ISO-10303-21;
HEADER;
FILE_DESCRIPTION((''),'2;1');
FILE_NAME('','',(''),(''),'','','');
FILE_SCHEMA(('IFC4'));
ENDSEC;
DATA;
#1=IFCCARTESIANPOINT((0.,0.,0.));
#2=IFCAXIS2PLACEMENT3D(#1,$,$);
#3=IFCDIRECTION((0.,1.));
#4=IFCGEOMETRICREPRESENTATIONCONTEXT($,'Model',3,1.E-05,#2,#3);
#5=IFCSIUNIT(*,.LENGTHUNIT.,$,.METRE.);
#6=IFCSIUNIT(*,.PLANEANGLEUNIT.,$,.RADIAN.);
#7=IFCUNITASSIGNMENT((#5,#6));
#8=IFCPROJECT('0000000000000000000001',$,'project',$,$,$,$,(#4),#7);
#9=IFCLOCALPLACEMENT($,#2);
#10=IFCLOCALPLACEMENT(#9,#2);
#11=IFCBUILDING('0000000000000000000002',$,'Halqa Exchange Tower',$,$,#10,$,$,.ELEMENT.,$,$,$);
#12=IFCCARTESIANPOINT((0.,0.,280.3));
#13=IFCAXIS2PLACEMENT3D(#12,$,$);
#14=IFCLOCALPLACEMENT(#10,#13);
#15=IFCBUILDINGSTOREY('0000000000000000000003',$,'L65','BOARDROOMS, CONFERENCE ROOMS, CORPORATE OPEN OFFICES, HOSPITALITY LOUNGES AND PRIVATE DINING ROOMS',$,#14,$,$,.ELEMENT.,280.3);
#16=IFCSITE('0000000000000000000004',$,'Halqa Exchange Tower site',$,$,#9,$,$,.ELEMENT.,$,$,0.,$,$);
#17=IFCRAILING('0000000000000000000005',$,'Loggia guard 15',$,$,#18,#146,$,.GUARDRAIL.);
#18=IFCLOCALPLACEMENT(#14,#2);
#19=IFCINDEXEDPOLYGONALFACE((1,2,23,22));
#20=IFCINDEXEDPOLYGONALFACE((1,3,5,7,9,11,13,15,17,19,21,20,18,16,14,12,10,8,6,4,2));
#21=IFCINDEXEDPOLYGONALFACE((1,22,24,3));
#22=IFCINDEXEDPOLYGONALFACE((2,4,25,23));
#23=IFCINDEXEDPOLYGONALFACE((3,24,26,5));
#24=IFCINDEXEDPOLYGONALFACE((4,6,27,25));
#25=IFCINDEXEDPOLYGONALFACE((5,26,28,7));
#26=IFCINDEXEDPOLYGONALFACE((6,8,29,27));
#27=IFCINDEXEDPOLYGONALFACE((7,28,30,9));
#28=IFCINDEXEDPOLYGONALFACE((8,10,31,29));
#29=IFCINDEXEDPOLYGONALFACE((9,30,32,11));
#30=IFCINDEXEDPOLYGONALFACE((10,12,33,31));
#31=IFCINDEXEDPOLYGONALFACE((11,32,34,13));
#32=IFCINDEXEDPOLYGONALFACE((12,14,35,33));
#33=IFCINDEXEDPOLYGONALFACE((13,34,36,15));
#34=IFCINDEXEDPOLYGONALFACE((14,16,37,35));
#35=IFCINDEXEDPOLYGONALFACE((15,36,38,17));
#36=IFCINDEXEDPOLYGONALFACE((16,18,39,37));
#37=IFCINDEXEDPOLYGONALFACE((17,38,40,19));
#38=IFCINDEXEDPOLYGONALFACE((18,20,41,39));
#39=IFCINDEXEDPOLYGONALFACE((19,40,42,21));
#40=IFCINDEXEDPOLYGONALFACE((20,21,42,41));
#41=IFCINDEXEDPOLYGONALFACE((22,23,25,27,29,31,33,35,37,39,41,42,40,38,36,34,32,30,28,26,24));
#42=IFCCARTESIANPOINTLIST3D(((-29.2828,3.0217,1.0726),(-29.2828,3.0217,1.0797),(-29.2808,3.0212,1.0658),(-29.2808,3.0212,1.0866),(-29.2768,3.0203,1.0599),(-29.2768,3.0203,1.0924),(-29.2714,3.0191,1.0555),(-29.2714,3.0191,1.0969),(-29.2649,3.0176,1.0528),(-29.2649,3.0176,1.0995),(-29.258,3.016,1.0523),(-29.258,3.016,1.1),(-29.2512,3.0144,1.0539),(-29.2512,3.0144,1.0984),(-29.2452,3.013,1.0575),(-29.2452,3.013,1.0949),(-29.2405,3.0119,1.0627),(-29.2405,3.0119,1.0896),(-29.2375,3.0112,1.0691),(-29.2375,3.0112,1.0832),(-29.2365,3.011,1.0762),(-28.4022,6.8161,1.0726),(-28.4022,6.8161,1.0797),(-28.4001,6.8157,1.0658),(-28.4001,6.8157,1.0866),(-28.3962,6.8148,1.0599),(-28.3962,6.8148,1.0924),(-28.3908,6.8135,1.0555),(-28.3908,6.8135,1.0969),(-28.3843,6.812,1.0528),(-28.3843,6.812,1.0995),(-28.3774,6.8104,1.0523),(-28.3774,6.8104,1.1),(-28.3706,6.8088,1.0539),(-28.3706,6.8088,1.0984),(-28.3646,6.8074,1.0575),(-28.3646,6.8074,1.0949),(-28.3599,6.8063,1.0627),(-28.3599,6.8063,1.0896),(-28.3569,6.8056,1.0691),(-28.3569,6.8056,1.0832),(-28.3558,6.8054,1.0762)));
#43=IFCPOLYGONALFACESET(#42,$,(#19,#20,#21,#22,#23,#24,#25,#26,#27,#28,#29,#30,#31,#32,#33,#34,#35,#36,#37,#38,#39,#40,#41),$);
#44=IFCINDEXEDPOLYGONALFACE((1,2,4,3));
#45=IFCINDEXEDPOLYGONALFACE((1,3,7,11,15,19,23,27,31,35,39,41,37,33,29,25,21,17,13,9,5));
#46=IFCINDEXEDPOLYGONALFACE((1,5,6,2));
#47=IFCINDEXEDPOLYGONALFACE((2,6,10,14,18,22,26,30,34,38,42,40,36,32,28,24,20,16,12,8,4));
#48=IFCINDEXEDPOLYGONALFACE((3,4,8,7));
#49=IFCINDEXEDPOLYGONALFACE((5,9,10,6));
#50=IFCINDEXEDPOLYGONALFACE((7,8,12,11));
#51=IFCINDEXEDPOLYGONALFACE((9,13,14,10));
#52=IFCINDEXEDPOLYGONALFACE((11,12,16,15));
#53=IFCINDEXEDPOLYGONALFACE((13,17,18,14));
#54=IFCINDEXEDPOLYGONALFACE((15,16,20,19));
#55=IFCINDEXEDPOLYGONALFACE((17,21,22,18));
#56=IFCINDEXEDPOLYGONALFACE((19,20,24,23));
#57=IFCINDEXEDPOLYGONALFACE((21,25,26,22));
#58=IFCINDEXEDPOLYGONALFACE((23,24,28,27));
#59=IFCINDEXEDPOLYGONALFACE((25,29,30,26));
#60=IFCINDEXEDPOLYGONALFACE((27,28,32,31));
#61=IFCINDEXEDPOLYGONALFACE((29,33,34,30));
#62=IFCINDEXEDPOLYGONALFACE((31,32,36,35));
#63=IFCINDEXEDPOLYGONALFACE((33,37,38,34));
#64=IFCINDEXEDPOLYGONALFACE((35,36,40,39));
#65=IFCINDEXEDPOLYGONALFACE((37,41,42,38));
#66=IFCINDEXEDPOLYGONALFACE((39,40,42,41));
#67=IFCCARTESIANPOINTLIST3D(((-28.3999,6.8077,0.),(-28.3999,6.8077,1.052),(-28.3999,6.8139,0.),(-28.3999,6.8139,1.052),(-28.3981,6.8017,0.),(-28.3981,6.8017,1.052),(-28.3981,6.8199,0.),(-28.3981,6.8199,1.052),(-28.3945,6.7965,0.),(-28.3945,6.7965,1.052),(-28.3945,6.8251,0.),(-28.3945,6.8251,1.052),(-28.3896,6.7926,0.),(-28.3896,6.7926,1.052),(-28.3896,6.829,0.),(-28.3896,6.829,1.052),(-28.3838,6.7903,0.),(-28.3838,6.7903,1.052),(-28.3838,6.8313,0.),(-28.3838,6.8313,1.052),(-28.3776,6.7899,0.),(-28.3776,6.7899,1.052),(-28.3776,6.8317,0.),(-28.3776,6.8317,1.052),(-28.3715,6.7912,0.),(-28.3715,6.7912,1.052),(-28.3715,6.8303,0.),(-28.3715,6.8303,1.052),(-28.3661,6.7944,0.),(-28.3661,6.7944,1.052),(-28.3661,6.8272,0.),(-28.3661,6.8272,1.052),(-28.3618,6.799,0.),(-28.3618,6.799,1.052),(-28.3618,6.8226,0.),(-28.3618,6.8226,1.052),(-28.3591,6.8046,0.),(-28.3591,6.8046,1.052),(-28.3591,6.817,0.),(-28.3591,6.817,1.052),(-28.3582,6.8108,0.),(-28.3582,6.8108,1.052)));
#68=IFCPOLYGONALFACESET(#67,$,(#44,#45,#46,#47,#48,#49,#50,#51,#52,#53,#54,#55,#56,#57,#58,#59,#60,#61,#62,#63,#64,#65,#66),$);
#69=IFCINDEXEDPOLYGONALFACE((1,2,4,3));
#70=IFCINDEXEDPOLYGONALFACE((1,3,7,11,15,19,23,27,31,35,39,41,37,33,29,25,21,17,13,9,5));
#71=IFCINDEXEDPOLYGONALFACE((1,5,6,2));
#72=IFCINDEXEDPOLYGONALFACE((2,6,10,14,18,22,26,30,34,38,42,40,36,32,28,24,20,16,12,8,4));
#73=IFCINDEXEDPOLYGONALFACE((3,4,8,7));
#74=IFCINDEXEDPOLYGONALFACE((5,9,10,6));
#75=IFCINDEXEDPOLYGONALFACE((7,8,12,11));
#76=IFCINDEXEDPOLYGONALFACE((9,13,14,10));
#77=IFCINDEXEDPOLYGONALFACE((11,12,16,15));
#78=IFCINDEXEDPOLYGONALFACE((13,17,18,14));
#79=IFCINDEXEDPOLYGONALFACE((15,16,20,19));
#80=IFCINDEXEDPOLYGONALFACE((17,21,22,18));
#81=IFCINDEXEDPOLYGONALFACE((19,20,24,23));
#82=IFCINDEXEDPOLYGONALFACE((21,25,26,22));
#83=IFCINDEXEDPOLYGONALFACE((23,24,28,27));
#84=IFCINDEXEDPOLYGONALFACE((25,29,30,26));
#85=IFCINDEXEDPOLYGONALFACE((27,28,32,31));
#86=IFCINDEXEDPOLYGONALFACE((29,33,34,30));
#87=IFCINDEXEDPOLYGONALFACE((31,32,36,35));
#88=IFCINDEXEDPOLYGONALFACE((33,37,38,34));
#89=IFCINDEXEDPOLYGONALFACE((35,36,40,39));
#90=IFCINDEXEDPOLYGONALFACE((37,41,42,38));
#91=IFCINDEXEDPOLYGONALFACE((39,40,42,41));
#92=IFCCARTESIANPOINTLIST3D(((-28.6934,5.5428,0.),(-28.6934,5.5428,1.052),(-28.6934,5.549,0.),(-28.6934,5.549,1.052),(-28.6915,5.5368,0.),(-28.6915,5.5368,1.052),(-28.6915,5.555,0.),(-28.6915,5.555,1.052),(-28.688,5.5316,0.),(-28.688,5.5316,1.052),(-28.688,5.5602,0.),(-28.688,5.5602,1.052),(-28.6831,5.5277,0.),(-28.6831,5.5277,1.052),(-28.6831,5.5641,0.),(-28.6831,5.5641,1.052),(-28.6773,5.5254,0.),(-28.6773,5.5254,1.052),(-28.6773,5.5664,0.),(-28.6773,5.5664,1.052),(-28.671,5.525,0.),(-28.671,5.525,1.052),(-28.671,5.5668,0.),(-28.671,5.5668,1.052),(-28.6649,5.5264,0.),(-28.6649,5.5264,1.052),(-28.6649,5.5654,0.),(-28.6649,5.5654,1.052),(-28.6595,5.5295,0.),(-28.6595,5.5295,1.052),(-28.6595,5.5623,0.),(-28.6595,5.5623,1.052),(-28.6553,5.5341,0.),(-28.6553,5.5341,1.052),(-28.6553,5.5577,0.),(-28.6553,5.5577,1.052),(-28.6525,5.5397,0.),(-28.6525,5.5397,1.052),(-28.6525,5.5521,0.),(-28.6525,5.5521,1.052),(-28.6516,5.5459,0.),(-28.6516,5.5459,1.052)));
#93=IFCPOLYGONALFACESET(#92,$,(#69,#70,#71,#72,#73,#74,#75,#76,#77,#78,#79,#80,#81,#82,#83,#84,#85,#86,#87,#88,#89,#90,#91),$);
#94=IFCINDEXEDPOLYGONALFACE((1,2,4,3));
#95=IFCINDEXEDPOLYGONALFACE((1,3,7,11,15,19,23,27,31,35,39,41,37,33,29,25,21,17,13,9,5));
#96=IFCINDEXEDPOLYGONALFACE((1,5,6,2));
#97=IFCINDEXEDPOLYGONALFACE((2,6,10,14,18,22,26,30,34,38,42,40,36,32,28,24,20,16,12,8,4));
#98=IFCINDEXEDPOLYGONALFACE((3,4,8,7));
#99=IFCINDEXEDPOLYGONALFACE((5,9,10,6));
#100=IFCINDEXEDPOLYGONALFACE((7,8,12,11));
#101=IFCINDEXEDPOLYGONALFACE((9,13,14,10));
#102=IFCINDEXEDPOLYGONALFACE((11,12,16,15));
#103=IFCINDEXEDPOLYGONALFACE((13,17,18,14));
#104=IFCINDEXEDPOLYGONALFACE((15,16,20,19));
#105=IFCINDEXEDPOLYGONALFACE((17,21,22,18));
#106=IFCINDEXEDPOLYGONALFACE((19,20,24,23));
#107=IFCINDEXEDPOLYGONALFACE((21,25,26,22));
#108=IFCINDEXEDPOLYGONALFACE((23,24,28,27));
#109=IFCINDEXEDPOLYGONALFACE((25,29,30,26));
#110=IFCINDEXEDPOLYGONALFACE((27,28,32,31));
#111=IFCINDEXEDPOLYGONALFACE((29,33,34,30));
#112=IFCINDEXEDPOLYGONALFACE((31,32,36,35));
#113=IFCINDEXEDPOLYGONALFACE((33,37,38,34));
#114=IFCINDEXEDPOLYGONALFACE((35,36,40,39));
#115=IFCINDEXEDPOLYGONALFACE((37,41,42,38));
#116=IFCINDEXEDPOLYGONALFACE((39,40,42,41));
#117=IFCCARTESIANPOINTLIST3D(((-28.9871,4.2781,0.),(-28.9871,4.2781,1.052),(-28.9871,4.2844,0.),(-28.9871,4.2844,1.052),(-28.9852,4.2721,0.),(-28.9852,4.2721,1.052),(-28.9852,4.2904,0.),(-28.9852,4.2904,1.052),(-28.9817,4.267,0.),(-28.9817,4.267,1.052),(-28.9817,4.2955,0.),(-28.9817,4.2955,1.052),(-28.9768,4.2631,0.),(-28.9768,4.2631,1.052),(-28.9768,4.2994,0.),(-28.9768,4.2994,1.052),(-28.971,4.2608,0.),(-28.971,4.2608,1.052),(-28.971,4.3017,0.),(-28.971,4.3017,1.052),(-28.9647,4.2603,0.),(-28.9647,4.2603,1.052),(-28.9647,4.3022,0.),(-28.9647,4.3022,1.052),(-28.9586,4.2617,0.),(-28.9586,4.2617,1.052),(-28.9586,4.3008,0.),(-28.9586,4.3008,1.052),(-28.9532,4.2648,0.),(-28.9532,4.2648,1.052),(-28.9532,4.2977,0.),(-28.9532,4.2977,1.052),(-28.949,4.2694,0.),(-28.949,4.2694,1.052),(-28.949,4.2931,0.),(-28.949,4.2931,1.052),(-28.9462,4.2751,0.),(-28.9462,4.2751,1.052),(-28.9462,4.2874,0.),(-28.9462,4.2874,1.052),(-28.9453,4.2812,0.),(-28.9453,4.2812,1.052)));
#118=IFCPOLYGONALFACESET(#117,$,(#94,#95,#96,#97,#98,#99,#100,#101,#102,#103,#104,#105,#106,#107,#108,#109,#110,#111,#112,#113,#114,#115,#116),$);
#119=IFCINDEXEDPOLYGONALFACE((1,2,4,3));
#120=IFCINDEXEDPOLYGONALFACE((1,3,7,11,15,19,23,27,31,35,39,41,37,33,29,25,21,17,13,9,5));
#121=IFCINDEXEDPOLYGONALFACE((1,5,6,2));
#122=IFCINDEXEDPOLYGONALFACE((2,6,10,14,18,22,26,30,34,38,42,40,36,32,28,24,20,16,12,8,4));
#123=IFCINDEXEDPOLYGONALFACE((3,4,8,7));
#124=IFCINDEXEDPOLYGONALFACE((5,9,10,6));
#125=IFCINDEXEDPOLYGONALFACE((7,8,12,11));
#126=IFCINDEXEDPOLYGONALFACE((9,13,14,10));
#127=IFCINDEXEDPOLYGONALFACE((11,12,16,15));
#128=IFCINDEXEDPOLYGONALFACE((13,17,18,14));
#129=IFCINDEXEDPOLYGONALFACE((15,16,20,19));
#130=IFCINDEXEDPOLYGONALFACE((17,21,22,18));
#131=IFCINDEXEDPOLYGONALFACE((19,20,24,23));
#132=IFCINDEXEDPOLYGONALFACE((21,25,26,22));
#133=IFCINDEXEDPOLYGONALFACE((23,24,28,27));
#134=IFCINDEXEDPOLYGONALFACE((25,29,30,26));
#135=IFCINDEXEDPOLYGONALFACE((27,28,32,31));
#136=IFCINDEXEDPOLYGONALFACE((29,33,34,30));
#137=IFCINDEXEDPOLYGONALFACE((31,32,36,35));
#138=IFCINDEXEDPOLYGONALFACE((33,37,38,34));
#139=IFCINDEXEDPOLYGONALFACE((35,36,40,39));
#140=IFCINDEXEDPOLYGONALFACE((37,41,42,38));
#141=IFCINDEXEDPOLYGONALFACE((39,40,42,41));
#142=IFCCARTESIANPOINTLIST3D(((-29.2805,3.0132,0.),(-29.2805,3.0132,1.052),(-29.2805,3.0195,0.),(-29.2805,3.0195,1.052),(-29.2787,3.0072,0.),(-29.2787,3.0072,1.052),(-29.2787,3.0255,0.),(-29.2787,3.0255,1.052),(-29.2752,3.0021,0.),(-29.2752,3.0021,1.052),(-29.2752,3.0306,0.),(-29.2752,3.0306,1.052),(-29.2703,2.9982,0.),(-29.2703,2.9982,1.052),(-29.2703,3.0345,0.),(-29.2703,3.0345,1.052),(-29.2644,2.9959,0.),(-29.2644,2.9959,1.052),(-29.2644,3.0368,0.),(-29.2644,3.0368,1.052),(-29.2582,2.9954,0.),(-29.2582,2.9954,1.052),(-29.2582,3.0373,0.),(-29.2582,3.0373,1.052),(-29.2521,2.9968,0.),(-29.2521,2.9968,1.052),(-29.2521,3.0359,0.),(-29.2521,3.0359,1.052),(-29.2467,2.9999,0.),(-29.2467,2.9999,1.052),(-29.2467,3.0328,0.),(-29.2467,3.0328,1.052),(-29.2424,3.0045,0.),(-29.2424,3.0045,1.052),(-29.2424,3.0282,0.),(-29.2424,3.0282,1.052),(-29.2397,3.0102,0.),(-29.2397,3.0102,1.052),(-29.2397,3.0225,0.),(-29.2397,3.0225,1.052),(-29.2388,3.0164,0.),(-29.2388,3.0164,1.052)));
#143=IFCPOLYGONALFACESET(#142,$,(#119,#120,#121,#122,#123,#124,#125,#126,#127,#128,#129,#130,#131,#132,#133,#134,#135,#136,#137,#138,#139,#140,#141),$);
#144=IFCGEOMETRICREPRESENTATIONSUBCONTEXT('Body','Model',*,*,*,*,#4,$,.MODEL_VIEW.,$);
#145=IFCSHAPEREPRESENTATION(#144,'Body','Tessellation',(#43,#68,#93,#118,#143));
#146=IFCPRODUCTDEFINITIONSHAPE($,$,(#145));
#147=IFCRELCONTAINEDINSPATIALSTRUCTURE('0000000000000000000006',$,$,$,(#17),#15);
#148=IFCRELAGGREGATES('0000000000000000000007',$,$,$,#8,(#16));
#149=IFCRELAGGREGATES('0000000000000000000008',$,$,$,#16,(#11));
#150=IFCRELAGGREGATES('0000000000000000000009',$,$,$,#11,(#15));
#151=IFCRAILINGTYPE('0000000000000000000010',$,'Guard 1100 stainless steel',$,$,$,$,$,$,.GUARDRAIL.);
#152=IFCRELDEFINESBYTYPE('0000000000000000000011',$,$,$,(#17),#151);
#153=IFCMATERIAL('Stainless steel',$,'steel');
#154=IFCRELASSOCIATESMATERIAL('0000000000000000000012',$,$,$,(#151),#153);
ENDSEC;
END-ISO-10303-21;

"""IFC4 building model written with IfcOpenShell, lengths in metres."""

from ifc_helpers import new_model, si_unit, direction, frame, origin, origin_2d, place, context, subcontext, project, spatial, circle, extrude, material, type_object, element, save


model = new_model("IFC4")

# Units and contexts
model_context = context("Model", 3, precision=1e-05, world=origin(), true_north=direction((0.0, 1.0)))
body_context = subcontext(model_context, "Body", "Model", "MODEL_VIEW")
ifc_project = project(units=[si_unit("LENGTHUNIT", "METRE"), si_unit("PLANEANGLEUNIT", "RADIAN")], contexts=[model_context])

# Site, building, storey
site_placement = place(None, origin())
site = spatial("IfcSite", under=ifc_project, at=site_placement, Name="Halqa Exchange Tower site", CompositionType="ELEMENT", RefElevation=0.0)
building_placement = place(site_placement, origin())
building = spatial("IfcBuilding", under=site, at=building_placement, Name="Halqa Exchange Tower", CompositionType="ELEMENT")
storey_placement = place(building_placement, frame((0.0, 0.0, 280.3)))
storey = spatial("IfcBuildingStorey", under=building, at=storey_placement, Name="L65", Description="BOARDROOMS, CONFERENCE ROOMS, CORPORATE OPEN OFFICES, HOSPITALITY LOUNGES AND PRIVATE DINING ROOMS", CompositionType="ELEMENT", Elevation=280.3)

# Railing
ifc_material_1 = material(Name="Stainless steel", Category="steel")
railing_type = type_object("IfcRailingType", Name="Guard 1100 stainless steel", PredefinedType="GUARDRAIL", material=ifc_material_1)
railing_1_placement = place(storey_placement, frame((-28.3792, 6.8108, 0.0)))
element("IfcRailing", 1, at=railing_1_placement, inside=storey, type_object=railing_type, Name="Loggia guard 15", PredefinedType="GUARDRAIL", context=body_context, shape_type="SweptSolid", body=[
    extrude(circle(Radius=0.0239, at=origin_2d()), frame((0.0, 0.0, 1.0762), z_axis=(-0.226072, -0.974111, 0.0), x_axis=(0.974111, -0.226072, 0.0)), (0.0, 0.0, 1.0), 3.8953),
    extrude(circle(Radius=0.021, at=origin_2d()), origin(), (0.0, 0.0, 1.0), 1.052),
    extrude(circle(Radius=0.021, at=origin_2d()), frame((-0.2935, -1.2649, 0.0)), (0.0, 0.0, 1.0), 1.052),
    extrude(circle(Radius=0.021, at=origin_2d()), frame((-0.5872, -2.5295, 0.0)), (0.0, 0.0, 1.0), 1.052),
    extrude(circle(Radius=0.021, at=origin_2d()), frame((-0.8806, -3.7944, 0.0)), (0.0, 0.0, 1.0), 1.052),
])

save(model, "model.ifc")
